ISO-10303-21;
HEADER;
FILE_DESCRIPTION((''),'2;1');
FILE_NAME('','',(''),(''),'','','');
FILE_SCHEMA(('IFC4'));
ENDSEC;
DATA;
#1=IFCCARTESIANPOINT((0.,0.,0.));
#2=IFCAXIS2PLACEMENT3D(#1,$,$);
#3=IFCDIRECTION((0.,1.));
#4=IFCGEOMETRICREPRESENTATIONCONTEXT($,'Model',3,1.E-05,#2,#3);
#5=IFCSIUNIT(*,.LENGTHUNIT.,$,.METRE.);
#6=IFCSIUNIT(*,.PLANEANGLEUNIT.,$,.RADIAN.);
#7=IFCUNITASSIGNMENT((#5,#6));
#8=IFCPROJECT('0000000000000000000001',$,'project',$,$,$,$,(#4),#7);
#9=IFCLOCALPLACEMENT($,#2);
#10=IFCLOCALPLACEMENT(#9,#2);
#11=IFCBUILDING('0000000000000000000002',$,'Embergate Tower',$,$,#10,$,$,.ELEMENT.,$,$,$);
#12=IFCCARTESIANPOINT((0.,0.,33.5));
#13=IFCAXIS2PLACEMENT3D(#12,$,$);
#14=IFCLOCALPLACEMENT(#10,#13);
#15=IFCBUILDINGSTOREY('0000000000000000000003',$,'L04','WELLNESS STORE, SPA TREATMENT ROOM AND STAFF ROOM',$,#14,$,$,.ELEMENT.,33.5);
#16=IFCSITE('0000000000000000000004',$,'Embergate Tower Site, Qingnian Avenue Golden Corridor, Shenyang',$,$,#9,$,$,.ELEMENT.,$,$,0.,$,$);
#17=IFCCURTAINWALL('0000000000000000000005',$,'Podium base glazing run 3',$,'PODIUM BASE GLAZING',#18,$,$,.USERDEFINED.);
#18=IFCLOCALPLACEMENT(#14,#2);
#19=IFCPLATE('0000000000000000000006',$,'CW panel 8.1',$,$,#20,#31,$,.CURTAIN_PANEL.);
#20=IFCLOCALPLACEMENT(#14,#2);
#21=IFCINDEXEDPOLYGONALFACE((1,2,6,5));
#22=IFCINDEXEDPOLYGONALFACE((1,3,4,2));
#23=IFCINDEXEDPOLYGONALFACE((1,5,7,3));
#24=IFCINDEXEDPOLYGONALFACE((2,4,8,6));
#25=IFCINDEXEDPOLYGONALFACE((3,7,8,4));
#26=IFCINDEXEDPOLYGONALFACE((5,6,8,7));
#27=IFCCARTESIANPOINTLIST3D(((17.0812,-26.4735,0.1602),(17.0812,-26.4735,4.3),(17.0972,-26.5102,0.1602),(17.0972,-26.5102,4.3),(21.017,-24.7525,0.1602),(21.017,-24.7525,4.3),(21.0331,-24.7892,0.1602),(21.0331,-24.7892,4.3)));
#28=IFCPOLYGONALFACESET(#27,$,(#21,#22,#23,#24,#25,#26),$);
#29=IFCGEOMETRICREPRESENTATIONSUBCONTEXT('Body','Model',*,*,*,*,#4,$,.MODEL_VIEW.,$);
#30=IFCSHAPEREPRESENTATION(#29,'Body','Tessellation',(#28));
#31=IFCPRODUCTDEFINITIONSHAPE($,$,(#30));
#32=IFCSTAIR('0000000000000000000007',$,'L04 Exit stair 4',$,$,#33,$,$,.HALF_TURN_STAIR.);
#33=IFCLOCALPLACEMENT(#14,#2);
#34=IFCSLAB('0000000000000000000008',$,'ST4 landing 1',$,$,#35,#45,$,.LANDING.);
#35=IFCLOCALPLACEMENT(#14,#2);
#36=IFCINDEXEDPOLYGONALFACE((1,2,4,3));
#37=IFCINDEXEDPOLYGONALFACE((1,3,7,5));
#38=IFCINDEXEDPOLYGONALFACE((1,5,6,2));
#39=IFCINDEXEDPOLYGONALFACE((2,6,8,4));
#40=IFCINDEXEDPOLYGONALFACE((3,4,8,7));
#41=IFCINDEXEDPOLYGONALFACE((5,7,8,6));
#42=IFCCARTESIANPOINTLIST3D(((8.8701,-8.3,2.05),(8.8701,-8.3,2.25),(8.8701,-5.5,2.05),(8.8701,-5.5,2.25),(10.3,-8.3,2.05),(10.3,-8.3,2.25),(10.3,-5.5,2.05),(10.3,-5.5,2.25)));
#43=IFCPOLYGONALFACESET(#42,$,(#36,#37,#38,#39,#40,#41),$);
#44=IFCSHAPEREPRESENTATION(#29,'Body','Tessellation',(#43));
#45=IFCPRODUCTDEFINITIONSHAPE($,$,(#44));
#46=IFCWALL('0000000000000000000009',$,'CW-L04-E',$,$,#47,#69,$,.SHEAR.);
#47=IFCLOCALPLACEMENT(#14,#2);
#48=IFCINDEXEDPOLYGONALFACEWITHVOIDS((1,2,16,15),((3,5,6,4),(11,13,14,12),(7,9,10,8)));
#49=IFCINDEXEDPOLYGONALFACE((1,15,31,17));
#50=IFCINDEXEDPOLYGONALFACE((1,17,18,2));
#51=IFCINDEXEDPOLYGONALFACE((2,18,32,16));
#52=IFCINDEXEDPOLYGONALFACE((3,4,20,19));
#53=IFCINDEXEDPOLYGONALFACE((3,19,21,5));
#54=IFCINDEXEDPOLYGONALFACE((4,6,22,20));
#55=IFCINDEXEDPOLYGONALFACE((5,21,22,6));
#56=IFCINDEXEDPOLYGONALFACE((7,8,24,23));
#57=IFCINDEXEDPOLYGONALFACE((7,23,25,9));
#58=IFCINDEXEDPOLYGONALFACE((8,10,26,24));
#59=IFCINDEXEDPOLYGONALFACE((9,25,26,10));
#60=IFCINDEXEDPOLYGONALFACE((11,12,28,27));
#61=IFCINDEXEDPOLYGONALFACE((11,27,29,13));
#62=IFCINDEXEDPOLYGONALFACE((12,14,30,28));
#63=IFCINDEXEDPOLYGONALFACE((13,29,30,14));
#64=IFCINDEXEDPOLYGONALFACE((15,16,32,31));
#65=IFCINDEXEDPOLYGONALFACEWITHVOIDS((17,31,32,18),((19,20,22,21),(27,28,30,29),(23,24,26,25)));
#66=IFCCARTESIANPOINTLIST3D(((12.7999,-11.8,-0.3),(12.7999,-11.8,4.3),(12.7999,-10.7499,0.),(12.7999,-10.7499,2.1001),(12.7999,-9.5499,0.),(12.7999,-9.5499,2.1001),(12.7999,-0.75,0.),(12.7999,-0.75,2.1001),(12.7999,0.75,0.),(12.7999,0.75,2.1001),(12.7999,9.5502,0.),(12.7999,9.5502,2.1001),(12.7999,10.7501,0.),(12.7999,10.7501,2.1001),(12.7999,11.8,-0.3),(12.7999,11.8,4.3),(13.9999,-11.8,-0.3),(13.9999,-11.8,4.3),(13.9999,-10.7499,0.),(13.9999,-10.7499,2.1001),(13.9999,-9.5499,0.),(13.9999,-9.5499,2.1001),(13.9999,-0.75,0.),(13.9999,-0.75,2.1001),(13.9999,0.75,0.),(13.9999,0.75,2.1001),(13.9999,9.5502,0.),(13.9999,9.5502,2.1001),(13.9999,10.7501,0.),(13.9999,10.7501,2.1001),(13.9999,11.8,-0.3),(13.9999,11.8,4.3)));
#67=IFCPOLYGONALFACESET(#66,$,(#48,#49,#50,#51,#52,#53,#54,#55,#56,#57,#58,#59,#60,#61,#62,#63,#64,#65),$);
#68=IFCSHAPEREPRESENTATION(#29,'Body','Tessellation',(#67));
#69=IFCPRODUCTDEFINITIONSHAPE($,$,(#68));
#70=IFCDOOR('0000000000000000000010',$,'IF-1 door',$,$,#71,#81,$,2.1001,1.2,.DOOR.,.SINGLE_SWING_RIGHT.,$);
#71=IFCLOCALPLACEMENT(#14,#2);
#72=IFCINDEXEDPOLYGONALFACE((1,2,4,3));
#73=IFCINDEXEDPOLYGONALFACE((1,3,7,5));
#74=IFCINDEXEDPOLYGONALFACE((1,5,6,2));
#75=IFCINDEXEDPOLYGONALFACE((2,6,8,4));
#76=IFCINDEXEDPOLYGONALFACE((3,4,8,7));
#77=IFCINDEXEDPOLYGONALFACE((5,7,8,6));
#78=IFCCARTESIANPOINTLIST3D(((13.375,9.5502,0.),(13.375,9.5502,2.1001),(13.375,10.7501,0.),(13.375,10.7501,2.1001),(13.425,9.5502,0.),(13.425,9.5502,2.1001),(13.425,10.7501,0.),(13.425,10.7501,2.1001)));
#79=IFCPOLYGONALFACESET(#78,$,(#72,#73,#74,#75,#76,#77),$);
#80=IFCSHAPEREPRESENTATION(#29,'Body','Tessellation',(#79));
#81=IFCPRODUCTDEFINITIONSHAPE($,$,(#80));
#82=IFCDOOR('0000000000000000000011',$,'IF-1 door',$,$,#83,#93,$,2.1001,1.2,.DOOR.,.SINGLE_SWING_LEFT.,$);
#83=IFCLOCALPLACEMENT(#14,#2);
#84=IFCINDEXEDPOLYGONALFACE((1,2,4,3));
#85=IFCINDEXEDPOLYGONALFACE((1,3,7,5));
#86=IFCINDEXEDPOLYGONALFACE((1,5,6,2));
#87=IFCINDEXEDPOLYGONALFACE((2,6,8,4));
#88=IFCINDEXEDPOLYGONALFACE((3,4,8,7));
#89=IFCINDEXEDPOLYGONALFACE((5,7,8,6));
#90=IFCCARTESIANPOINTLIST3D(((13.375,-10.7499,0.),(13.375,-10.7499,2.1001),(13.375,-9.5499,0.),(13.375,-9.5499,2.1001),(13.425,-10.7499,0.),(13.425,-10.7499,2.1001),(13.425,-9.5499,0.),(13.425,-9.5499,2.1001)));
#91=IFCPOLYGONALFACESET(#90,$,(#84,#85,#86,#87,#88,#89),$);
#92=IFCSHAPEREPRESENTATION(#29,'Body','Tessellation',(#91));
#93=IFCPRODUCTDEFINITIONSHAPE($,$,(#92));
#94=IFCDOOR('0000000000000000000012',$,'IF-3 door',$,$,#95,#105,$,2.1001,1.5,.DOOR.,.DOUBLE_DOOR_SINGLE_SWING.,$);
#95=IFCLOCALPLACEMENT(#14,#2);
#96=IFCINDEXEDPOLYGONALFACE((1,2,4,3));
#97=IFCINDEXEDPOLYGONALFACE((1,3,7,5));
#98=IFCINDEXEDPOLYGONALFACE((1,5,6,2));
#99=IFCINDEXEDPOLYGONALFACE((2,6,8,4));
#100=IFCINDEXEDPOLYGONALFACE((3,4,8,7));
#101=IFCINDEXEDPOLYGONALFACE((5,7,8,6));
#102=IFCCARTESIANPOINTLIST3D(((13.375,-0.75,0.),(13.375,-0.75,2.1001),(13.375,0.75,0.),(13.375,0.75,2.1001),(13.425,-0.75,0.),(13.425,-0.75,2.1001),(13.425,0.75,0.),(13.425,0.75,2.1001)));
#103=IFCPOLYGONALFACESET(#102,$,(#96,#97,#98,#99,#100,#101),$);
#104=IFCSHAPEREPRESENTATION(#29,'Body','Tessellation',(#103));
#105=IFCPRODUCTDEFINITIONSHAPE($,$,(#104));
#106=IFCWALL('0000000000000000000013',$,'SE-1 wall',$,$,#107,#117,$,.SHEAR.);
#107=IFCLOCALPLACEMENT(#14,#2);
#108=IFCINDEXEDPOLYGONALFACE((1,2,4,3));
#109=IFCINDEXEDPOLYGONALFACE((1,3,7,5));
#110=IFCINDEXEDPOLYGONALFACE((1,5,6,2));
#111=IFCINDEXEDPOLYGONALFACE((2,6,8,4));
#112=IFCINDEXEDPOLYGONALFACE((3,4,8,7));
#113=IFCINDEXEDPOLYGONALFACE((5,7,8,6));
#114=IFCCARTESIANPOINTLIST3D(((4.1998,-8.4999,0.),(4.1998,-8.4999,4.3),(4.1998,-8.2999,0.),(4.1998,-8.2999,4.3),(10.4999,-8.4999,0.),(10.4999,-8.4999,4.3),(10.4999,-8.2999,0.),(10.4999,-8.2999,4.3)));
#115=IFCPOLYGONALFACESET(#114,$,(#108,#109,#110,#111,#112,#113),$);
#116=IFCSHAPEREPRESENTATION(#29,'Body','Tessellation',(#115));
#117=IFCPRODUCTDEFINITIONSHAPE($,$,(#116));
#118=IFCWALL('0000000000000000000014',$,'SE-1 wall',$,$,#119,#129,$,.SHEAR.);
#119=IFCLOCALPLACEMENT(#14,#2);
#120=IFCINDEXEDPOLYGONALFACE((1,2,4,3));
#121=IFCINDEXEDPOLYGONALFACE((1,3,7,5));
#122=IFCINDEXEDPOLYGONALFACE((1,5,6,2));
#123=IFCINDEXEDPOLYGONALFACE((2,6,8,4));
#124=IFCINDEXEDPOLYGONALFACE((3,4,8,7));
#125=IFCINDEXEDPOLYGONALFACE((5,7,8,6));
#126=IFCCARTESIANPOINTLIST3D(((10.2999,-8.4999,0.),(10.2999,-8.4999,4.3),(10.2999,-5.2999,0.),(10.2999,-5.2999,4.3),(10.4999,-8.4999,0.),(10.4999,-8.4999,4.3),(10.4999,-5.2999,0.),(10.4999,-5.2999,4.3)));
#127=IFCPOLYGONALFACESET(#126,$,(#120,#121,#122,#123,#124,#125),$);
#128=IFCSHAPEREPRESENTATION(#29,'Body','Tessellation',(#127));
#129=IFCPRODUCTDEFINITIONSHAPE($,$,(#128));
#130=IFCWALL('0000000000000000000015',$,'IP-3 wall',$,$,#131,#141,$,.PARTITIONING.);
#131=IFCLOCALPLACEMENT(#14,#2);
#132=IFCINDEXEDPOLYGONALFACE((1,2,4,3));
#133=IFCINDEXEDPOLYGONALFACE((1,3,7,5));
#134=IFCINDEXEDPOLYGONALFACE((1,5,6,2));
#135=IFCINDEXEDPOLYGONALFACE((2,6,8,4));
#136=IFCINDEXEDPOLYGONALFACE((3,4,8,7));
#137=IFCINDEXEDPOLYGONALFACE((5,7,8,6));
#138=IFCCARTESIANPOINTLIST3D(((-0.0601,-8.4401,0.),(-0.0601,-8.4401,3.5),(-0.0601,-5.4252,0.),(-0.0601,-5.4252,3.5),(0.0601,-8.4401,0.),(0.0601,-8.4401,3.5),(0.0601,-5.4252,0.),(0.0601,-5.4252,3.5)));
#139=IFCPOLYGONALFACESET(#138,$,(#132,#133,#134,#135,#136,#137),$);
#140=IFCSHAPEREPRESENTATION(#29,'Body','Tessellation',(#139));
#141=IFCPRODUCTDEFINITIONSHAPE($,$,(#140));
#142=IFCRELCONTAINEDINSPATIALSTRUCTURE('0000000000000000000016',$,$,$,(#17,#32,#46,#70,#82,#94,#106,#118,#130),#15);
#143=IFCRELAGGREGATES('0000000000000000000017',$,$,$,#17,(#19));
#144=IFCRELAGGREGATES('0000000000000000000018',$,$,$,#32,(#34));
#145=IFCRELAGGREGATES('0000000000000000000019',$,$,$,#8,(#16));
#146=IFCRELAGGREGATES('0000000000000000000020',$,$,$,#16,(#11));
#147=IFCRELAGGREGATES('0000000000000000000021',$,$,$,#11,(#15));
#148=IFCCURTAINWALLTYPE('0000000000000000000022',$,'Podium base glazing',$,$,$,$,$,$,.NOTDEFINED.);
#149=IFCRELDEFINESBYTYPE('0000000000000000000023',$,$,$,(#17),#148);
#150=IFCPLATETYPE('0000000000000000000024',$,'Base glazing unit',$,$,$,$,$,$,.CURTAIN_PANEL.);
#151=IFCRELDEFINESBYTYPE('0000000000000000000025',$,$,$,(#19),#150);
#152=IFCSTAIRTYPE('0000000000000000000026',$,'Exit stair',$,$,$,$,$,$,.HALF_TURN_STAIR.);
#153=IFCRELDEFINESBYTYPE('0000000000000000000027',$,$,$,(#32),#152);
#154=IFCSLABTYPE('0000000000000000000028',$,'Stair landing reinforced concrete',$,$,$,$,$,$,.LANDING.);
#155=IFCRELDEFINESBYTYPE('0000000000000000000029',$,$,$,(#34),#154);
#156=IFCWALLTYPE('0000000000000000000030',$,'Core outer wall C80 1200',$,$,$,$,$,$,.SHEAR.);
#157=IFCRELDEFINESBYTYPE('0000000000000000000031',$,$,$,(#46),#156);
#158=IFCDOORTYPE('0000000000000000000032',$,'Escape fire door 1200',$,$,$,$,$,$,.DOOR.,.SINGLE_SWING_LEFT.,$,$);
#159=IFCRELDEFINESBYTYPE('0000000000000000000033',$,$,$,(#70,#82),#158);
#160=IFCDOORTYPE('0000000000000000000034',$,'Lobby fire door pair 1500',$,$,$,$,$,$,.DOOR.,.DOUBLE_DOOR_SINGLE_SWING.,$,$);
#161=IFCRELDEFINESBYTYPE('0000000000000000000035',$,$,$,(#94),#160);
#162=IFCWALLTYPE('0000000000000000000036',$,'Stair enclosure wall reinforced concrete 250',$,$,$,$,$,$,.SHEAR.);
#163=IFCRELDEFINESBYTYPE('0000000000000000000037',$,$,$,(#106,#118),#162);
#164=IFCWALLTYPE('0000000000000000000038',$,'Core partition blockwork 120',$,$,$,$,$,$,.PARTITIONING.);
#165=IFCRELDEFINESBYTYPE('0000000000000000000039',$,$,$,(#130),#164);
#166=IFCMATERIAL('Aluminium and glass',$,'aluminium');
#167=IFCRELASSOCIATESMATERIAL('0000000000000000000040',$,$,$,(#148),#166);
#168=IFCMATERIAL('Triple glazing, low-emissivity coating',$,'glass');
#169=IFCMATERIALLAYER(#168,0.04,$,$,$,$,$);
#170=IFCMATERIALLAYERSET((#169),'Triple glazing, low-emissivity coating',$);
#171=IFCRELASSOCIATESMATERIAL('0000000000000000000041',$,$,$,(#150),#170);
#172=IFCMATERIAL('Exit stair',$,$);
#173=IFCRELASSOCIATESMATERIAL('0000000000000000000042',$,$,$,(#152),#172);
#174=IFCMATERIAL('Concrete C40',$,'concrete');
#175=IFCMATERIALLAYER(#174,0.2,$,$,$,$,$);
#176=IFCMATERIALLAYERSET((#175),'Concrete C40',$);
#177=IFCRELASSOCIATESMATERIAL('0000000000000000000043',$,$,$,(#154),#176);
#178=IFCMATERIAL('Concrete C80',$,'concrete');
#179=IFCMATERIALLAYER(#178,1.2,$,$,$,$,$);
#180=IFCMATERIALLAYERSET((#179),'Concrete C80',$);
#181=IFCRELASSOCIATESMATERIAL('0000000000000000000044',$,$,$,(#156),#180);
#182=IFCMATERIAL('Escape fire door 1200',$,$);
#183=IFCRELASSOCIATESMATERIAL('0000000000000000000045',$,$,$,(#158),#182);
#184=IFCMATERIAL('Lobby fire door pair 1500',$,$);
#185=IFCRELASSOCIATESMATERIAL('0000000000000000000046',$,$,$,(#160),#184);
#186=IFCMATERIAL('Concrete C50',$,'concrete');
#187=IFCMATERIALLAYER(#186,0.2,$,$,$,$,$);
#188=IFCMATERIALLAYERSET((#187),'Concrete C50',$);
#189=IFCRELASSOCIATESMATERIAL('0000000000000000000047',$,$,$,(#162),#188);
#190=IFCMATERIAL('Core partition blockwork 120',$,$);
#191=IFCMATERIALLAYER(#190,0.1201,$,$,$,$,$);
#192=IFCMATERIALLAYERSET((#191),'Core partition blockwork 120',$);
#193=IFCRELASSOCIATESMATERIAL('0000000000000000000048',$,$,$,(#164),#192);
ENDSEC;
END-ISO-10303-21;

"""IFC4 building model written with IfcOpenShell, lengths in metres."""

from ifc_helpers import new_model, si_unit, direction, frame, frame_2d, origin, origin_2d, place, context, subcontext, project, spatial, polyline, rectangle, outline, extrude, source, transform, mapped, material, layer, layer_set, type_object, element, fill, aggregate, save


model = new_model("IFC4")

# Units and contexts
model_context = context("Model", 3, precision=1e-05, world=origin(), true_north=direction((0.0, 1.0)))
body_context = subcontext(model_context, "Body", "Model", "MODEL_VIEW")
ifc_project = project(units=[si_unit("LENGTHUNIT", "METRE"), si_unit("PLANEANGLEUNIT", "RADIAN")], contexts=[model_context])

# Site, building, storey
site_placement = place(None, origin())
site = spatial("IfcSite", under=ifc_project, at=site_placement, Name="Embergate Tower Site, Qingnian Avenue Golden Corridor, Shenyang", CompositionType="ELEMENT", RefElevation=0.0)
building_placement = place(site_placement, origin())
building = spatial("IfcBuilding", under=site, at=building_placement, Name="Embergate Tower", CompositionType="ELEMENT")
storey_placement = place(building_placement, frame((0.0, 0.0, 33.5)))
storey = spatial("IfcBuildingStorey", under=building, at=storey_placement, Name="L04", Description="WELLNESS STORE, SPA TREATMENT ROOM AND STAFF ROOM", CompositionType="ELEMENT", Elevation=33.5)

# Curtain wall, plate
ifc_material_1 = material(Name="Aluminium and glass", Category="aluminium")
curtain_wall_type = type_object("IfcCurtainWallType", Name="Podium base glazing", PredefinedType="NOTDEFINED", material=ifc_material_1)
curtain_wall_placement = place(storey_placement, origin())
curtain_wall = element("IfcCurtainWall", 1, at=curtain_wall_placement, inside=storey, type_object=curtain_wall_type, Name="Podium base glazing run 3", ObjectType="PODIUM BASE GLAZING", PredefinedType="USERDEFINED")
ifc_material_2 = material(Name="Triple glazing, low-emissivity coating", Category="glass")
ifc_layer_1 = layer(ifc_material_2, 0.04)
ifc_layer_set_1 = layer_set([ifc_layer_1], Name="Triple glazing, low-emissivity coating")
plate_type = type_object("IfcPlateType", Name="Base glazing unit", PredefinedType="CURTAIN_PANEL", material=ifc_layer_set_1)
shared_shape_1 = source(origin(), body_context, "Body", "SweptSolid", [
    extrude(rectangle(XDim=4.2957, YDim=0.04, at=origin_2d()), origin(), (0.0, 0.0, 1.0), 4.1399),
])
plate_placement = place(storey_placement, frame((19.0571, -25.6313, 0.1602), z_axis=(0.0, 0.0, 1.0), x_axis=(0.916237, 0.400637, 0.0)))
plate = element("IfcPlate", 2, at=plate_placement, type_object=plate_type, Name="CW panel 8.1", PredefinedType="CURTAIN_PANEL", context=body_context, shape_type="MappedRepresentation", body=[
    mapped(shared_shape_1, transform((0.0, 0.0, 0.0))),
])
aggregate(curtain_wall, [plate])

# Stair, slab
ifc_material_3 = material(Name="Exit stair")
stair_type = type_object("IfcStairType", Name="Exit stair", PredefinedType="HALF_TURN_STAIR", material=ifc_material_3)
stair_placement = place(storey_placement, origin())
stair = element("IfcStair", 3, at=stair_placement, inside=storey, type_object=stair_type, Name="L04 Exit stair 4", PredefinedType="HALF_TURN_STAIR")
ifc_material_4 = material(Name="Concrete C40", Category="concrete")
ifc_layer_2 = layer(ifc_material_4, 0.2)
ifc_layer_set_2 = layer_set([ifc_layer_2], Name="Concrete C40")
slab_type = type_object("IfcSlabType", Name="Stair landing reinforced concrete", PredefinedType="LANDING", material=ifc_layer_set_2)
shared_shape_2 = source(origin(), body_context, "Body", "SweptSolid", [
    extrude(outline(polyline([(0.0, 0.0), (1.4299, 0.0), (1.4299, 2.8), (0.0, 2.8), (0.0, 0.0)])), origin(), (0.0, 0.0, 1.0), 0.2),
])
slab_placement = place(storey_placement, frame((8.8701, -8.3, 2.05)))
slab = element("IfcSlab", 4, at=slab_placement, type_object=slab_type, Name="ST4 landing 1", PredefinedType="LANDING", context=body_context, shape_type="MappedRepresentation", body=[
    mapped(shared_shape_2, transform((0.0, 0.0, 0.0))),
])

# Wall, openings, doors
ifc_material_5 = material(Name="Concrete C80", Category="concrete")
ifc_layer_3 = layer(ifc_material_5, 1.2)
ifc_layer_set_3 = layer_set([ifc_layer_3], Name="Concrete C80")
wall_type_1 = type_object("IfcWallType", Name="Core outer wall C80 1200", PredefinedType="SHEAR", material=ifc_layer_set_3)
shared_shape_3 = source(origin(), body_context, "Body", "SweptSolid", [
    extrude(rectangle(XDim=23.6001, YDim=1.2, at=frame_2d((11.8, 0.0))), origin(), (0.0, 0.0, 1.0), 4.6001),
])
wall_1_placement = place(storey_placement, frame((13.3999, -11.8, -0.3), z_axis=(0.0, 0.0, 1.0), x_axis=(0.0, 1.0, 0.0)))
wall_1 = element("IfcWall", 5, at=wall_1_placement, inside=storey, type_object=wall_type_1, Name="CW-L04-E", PredefinedType="SHEAR", context=body_context, shape_type="MappedRepresentation", body=[
    mapped(shared_shape_3, transform((0.0, 0.0, 0.0))),
])
shared_shape_4 = source(origin(), body_context, "Body", "SweptSolid", [
    extrude(rectangle(XDim=1.2, YDim=2.1001, at=frame_2d((0.6001, 1.05))), frame((0.0, 0.6099, 0.0), z_axis=(0.0, -1.0, 0.0), x_axis=(1.0, 0.0, 0.0)), (0.0, 0.0, 1.0), 1.22),
])
opening_1_placement = place(wall_1_placement, frame((21.3501, 0.0, 0.3)))
opening_1 = element("IfcOpeningElement", 6, at=opening_1_placement, cuts=wall_1, PredefinedType="OPENING", context=body_context, shape_type="MappedRepresentation", body=[
    mapped(shared_shape_4, transform((0.0, 0.0, 0.0))),
])
opening_2_placement = place(wall_1_placement, frame((1.05, 0.0, 0.3)))
opening_2 = element("IfcOpeningElement", 7, at=opening_2_placement, cuts=wall_1, PredefinedType="OPENING", context=body_context, shape_type="MappedRepresentation", body=[
    mapped(shared_shape_4, transform((0.0, 0.0, 0.0))),
])
shared_shape_5 = source(origin(), body_context, "Body", "SweptSolid", [
    extrude(rectangle(XDim=1.5, YDim=2.1001, at=frame_2d((0.75, 1.05))), frame((0.0, 0.6099, 0.0), z_axis=(0.0, -1.0, 0.0), x_axis=(1.0, 0.0, 0.0)), (0.0, 0.0, 1.0), 1.22),
])
opening_3_placement = place(wall_1_placement, frame((11.05, 0.0, 0.3)))
opening_3 = element("IfcOpeningElement", 8, at=opening_3_placement, cuts=wall_1, PredefinedType="OPENING", context=body_context, shape_type="MappedRepresentation", body=[
    mapped(shared_shape_5, transform((0.0, 0.0, 0.0))),
])
ifc_material_6 = material(Name="Escape fire door 1200")
door_type_1 = type_object("IfcDoorType", Name="Escape fire door 1200", OperationType="SINGLE_SWING_LEFT", PredefinedType="DOOR", material=ifc_material_6)
shared_shape_6 = source(origin(), body_context, "Body", "SweptSolid", [
    extrude(rectangle(XDim=1.2, YDim=2.1001, at=frame_2d((0.6001, 1.05))), frame((0.0, 0.0249, 0.0), z_axis=(0.0, -1.0, 0.0), x_axis=(1.0, 0.0, 0.0)), (0.0, 0.0, 1.0), 0.05),
])
door_1_placement = place(opening_1_placement, origin())
door_1 = element("IfcDoor", 9, at=door_1_placement, inside=storey, type_object=door_type_1, Name="IF-1 door", OperationType="SINGLE_SWING_RIGHT", OverallHeight=2.1001, OverallWidth=1.2, PredefinedType="DOOR", context=body_context, shape_type="MappedRepresentation", body=[
    mapped(shared_shape_6, transform((0.0, 0.0, 0.0))),
])
fill(opening_1, door_1)
door_2_placement = place(opening_2_placement, origin())
door_2 = element("IfcDoor", 10, at=door_2_placement, inside=storey, type_object=door_type_1, Name="IF-1 door", OperationType="SINGLE_SWING_LEFT", OverallHeight=2.1001, OverallWidth=1.2, PredefinedType="DOOR", context=body_context, shape_type="MappedRepresentation", body=[
    mapped(shared_shape_6, transform((0.0, 0.0, 0.0))),
])
fill(opening_2, door_2)
ifc_material_7 = material(Name="Lobby fire door pair 1500")
door_type_2 = type_object("IfcDoorType", Name="Lobby fire door pair 1500", OperationType="DOUBLE_DOOR_SINGLE_SWING", PredefinedType="DOOR", material=ifc_material_7)
shared_shape_7 = source(origin(), body_context, "Body", "SweptSolid", [
    extrude(rectangle(XDim=1.5, YDim=2.1001, at=frame_2d((0.75, 1.05))), frame((0.0, 0.0249, 0.0), z_axis=(0.0, -1.0, 0.0), x_axis=(1.0, 0.0, 0.0)), (0.0, 0.0, 1.0), 0.05),
])
door_3_placement = place(opening_3_placement, origin())
door_3 = element("IfcDoor", 11, at=door_3_placement, inside=storey, type_object=door_type_2, Name="IF-3 door", OperationType="DOUBLE_DOOR_SINGLE_SWING", OverallHeight=2.1001, OverallWidth=1.5, PredefinedType="DOOR", context=body_context, shape_type="MappedRepresentation", body=[
    mapped(shared_shape_7, transform((0.0, 0.0, 0.0))),
])
fill(opening_3, door_3)

# Walls
ifc_material_8 = material(Name="Concrete C50", Category="concrete")
ifc_layer_4 = layer(ifc_material_8, 0.2)
ifc_layer_set_4 = layer_set([ifc_layer_4], Name="Concrete C50")
wall_type_2 = type_object("IfcWallType", Name="Stair enclosure wall reinforced concrete 250", PredefinedType="SHEAR", material=ifc_layer_set_4)
shared_shape_8 = source(origin(), body_context, "Body", "SweptSolid", [
    extrude(rectangle(XDim=6.3, YDim=0.2, at=frame_2d((3.1499, 0.0))), origin(), (0.0, 0.0, 1.0), 4.3),
])
wall_2_placement = place(storey_placement, frame((4.2, -8.3999, 0.0), z_axis=(0.0, 0.0, 1.0), x_axis=(1.0, 0.0, 0.0)))
element("IfcWall", 12, at=wall_2_placement, inside=storey, type_object=wall_type_2, Name="SE-1 wall", PredefinedType="SHEAR", context=body_context, shape_type="MappedRepresentation", body=[
    mapped(shared_shape_8, transform((0.0, 0.0, 0.0))),
])
shared_shape_9 = source(origin(), body_context, "Body", "SweptSolid", [
    extrude(rectangle(XDim=3.2, YDim=0.2, at=frame_2d((1.6001, 0.0))), origin(), (0.0, 0.0, 1.0), 4.3),
])
wall_3_placement = place(storey_placement, frame((10.3999, -8.5, 0.0), z_axis=(0.0, 0.0, 1.0), x_axis=(0.0, 1.0, 0.0)))
element("IfcWall", 13, at=wall_3_placement, inside=storey, type_object=wall_type_2, Name="SE-1 wall", PredefinedType="SHEAR", context=body_context, shape_type="MappedRepresentation", body=[
    mapped(shared_shape_9, transform((0.0, 0.0, 0.0))),
])
ifc_material_9 = material(Name="Core partition blockwork 120")
ifc_layer_5 = layer(ifc_material_9, 0.1201)
ifc_layer_set_5 = layer_set([ifc_layer_5], Name="Core partition blockwork 120")
wall_type_3 = type_object("IfcWallType", Name="Core partition blockwork 120", PredefinedType="PARTITIONING", material=ifc_layer_set_5)
shared_shape_10 = source(origin(), body_context, "Body", "SweptSolid", [
    extrude(rectangle(XDim=3.0149, YDim=0.1201, at=frame_2d((1.5073, 0.0))), origin(), (0.0, 0.0, 1.0), 3.5),
])
wall_4_placement = place(storey_placement, frame((0.0, -8.4399, 0.0), z_axis=(0.0, 0.0, 1.0), x_axis=(0.0, 1.0, 0.0)))
element("IfcWall", 14, at=wall_4_placement, inside=storey, type_object=wall_type_3, Name="IP-3 wall", PredefinedType="PARTITIONING", context=body_context, shape_type="MappedRepresentation", body=[
    mapped(shared_shape_10, transform((0.0, 0.0, 0.0))),
])

aggregate(stair, [slab])

save(model, "model.ifc")
